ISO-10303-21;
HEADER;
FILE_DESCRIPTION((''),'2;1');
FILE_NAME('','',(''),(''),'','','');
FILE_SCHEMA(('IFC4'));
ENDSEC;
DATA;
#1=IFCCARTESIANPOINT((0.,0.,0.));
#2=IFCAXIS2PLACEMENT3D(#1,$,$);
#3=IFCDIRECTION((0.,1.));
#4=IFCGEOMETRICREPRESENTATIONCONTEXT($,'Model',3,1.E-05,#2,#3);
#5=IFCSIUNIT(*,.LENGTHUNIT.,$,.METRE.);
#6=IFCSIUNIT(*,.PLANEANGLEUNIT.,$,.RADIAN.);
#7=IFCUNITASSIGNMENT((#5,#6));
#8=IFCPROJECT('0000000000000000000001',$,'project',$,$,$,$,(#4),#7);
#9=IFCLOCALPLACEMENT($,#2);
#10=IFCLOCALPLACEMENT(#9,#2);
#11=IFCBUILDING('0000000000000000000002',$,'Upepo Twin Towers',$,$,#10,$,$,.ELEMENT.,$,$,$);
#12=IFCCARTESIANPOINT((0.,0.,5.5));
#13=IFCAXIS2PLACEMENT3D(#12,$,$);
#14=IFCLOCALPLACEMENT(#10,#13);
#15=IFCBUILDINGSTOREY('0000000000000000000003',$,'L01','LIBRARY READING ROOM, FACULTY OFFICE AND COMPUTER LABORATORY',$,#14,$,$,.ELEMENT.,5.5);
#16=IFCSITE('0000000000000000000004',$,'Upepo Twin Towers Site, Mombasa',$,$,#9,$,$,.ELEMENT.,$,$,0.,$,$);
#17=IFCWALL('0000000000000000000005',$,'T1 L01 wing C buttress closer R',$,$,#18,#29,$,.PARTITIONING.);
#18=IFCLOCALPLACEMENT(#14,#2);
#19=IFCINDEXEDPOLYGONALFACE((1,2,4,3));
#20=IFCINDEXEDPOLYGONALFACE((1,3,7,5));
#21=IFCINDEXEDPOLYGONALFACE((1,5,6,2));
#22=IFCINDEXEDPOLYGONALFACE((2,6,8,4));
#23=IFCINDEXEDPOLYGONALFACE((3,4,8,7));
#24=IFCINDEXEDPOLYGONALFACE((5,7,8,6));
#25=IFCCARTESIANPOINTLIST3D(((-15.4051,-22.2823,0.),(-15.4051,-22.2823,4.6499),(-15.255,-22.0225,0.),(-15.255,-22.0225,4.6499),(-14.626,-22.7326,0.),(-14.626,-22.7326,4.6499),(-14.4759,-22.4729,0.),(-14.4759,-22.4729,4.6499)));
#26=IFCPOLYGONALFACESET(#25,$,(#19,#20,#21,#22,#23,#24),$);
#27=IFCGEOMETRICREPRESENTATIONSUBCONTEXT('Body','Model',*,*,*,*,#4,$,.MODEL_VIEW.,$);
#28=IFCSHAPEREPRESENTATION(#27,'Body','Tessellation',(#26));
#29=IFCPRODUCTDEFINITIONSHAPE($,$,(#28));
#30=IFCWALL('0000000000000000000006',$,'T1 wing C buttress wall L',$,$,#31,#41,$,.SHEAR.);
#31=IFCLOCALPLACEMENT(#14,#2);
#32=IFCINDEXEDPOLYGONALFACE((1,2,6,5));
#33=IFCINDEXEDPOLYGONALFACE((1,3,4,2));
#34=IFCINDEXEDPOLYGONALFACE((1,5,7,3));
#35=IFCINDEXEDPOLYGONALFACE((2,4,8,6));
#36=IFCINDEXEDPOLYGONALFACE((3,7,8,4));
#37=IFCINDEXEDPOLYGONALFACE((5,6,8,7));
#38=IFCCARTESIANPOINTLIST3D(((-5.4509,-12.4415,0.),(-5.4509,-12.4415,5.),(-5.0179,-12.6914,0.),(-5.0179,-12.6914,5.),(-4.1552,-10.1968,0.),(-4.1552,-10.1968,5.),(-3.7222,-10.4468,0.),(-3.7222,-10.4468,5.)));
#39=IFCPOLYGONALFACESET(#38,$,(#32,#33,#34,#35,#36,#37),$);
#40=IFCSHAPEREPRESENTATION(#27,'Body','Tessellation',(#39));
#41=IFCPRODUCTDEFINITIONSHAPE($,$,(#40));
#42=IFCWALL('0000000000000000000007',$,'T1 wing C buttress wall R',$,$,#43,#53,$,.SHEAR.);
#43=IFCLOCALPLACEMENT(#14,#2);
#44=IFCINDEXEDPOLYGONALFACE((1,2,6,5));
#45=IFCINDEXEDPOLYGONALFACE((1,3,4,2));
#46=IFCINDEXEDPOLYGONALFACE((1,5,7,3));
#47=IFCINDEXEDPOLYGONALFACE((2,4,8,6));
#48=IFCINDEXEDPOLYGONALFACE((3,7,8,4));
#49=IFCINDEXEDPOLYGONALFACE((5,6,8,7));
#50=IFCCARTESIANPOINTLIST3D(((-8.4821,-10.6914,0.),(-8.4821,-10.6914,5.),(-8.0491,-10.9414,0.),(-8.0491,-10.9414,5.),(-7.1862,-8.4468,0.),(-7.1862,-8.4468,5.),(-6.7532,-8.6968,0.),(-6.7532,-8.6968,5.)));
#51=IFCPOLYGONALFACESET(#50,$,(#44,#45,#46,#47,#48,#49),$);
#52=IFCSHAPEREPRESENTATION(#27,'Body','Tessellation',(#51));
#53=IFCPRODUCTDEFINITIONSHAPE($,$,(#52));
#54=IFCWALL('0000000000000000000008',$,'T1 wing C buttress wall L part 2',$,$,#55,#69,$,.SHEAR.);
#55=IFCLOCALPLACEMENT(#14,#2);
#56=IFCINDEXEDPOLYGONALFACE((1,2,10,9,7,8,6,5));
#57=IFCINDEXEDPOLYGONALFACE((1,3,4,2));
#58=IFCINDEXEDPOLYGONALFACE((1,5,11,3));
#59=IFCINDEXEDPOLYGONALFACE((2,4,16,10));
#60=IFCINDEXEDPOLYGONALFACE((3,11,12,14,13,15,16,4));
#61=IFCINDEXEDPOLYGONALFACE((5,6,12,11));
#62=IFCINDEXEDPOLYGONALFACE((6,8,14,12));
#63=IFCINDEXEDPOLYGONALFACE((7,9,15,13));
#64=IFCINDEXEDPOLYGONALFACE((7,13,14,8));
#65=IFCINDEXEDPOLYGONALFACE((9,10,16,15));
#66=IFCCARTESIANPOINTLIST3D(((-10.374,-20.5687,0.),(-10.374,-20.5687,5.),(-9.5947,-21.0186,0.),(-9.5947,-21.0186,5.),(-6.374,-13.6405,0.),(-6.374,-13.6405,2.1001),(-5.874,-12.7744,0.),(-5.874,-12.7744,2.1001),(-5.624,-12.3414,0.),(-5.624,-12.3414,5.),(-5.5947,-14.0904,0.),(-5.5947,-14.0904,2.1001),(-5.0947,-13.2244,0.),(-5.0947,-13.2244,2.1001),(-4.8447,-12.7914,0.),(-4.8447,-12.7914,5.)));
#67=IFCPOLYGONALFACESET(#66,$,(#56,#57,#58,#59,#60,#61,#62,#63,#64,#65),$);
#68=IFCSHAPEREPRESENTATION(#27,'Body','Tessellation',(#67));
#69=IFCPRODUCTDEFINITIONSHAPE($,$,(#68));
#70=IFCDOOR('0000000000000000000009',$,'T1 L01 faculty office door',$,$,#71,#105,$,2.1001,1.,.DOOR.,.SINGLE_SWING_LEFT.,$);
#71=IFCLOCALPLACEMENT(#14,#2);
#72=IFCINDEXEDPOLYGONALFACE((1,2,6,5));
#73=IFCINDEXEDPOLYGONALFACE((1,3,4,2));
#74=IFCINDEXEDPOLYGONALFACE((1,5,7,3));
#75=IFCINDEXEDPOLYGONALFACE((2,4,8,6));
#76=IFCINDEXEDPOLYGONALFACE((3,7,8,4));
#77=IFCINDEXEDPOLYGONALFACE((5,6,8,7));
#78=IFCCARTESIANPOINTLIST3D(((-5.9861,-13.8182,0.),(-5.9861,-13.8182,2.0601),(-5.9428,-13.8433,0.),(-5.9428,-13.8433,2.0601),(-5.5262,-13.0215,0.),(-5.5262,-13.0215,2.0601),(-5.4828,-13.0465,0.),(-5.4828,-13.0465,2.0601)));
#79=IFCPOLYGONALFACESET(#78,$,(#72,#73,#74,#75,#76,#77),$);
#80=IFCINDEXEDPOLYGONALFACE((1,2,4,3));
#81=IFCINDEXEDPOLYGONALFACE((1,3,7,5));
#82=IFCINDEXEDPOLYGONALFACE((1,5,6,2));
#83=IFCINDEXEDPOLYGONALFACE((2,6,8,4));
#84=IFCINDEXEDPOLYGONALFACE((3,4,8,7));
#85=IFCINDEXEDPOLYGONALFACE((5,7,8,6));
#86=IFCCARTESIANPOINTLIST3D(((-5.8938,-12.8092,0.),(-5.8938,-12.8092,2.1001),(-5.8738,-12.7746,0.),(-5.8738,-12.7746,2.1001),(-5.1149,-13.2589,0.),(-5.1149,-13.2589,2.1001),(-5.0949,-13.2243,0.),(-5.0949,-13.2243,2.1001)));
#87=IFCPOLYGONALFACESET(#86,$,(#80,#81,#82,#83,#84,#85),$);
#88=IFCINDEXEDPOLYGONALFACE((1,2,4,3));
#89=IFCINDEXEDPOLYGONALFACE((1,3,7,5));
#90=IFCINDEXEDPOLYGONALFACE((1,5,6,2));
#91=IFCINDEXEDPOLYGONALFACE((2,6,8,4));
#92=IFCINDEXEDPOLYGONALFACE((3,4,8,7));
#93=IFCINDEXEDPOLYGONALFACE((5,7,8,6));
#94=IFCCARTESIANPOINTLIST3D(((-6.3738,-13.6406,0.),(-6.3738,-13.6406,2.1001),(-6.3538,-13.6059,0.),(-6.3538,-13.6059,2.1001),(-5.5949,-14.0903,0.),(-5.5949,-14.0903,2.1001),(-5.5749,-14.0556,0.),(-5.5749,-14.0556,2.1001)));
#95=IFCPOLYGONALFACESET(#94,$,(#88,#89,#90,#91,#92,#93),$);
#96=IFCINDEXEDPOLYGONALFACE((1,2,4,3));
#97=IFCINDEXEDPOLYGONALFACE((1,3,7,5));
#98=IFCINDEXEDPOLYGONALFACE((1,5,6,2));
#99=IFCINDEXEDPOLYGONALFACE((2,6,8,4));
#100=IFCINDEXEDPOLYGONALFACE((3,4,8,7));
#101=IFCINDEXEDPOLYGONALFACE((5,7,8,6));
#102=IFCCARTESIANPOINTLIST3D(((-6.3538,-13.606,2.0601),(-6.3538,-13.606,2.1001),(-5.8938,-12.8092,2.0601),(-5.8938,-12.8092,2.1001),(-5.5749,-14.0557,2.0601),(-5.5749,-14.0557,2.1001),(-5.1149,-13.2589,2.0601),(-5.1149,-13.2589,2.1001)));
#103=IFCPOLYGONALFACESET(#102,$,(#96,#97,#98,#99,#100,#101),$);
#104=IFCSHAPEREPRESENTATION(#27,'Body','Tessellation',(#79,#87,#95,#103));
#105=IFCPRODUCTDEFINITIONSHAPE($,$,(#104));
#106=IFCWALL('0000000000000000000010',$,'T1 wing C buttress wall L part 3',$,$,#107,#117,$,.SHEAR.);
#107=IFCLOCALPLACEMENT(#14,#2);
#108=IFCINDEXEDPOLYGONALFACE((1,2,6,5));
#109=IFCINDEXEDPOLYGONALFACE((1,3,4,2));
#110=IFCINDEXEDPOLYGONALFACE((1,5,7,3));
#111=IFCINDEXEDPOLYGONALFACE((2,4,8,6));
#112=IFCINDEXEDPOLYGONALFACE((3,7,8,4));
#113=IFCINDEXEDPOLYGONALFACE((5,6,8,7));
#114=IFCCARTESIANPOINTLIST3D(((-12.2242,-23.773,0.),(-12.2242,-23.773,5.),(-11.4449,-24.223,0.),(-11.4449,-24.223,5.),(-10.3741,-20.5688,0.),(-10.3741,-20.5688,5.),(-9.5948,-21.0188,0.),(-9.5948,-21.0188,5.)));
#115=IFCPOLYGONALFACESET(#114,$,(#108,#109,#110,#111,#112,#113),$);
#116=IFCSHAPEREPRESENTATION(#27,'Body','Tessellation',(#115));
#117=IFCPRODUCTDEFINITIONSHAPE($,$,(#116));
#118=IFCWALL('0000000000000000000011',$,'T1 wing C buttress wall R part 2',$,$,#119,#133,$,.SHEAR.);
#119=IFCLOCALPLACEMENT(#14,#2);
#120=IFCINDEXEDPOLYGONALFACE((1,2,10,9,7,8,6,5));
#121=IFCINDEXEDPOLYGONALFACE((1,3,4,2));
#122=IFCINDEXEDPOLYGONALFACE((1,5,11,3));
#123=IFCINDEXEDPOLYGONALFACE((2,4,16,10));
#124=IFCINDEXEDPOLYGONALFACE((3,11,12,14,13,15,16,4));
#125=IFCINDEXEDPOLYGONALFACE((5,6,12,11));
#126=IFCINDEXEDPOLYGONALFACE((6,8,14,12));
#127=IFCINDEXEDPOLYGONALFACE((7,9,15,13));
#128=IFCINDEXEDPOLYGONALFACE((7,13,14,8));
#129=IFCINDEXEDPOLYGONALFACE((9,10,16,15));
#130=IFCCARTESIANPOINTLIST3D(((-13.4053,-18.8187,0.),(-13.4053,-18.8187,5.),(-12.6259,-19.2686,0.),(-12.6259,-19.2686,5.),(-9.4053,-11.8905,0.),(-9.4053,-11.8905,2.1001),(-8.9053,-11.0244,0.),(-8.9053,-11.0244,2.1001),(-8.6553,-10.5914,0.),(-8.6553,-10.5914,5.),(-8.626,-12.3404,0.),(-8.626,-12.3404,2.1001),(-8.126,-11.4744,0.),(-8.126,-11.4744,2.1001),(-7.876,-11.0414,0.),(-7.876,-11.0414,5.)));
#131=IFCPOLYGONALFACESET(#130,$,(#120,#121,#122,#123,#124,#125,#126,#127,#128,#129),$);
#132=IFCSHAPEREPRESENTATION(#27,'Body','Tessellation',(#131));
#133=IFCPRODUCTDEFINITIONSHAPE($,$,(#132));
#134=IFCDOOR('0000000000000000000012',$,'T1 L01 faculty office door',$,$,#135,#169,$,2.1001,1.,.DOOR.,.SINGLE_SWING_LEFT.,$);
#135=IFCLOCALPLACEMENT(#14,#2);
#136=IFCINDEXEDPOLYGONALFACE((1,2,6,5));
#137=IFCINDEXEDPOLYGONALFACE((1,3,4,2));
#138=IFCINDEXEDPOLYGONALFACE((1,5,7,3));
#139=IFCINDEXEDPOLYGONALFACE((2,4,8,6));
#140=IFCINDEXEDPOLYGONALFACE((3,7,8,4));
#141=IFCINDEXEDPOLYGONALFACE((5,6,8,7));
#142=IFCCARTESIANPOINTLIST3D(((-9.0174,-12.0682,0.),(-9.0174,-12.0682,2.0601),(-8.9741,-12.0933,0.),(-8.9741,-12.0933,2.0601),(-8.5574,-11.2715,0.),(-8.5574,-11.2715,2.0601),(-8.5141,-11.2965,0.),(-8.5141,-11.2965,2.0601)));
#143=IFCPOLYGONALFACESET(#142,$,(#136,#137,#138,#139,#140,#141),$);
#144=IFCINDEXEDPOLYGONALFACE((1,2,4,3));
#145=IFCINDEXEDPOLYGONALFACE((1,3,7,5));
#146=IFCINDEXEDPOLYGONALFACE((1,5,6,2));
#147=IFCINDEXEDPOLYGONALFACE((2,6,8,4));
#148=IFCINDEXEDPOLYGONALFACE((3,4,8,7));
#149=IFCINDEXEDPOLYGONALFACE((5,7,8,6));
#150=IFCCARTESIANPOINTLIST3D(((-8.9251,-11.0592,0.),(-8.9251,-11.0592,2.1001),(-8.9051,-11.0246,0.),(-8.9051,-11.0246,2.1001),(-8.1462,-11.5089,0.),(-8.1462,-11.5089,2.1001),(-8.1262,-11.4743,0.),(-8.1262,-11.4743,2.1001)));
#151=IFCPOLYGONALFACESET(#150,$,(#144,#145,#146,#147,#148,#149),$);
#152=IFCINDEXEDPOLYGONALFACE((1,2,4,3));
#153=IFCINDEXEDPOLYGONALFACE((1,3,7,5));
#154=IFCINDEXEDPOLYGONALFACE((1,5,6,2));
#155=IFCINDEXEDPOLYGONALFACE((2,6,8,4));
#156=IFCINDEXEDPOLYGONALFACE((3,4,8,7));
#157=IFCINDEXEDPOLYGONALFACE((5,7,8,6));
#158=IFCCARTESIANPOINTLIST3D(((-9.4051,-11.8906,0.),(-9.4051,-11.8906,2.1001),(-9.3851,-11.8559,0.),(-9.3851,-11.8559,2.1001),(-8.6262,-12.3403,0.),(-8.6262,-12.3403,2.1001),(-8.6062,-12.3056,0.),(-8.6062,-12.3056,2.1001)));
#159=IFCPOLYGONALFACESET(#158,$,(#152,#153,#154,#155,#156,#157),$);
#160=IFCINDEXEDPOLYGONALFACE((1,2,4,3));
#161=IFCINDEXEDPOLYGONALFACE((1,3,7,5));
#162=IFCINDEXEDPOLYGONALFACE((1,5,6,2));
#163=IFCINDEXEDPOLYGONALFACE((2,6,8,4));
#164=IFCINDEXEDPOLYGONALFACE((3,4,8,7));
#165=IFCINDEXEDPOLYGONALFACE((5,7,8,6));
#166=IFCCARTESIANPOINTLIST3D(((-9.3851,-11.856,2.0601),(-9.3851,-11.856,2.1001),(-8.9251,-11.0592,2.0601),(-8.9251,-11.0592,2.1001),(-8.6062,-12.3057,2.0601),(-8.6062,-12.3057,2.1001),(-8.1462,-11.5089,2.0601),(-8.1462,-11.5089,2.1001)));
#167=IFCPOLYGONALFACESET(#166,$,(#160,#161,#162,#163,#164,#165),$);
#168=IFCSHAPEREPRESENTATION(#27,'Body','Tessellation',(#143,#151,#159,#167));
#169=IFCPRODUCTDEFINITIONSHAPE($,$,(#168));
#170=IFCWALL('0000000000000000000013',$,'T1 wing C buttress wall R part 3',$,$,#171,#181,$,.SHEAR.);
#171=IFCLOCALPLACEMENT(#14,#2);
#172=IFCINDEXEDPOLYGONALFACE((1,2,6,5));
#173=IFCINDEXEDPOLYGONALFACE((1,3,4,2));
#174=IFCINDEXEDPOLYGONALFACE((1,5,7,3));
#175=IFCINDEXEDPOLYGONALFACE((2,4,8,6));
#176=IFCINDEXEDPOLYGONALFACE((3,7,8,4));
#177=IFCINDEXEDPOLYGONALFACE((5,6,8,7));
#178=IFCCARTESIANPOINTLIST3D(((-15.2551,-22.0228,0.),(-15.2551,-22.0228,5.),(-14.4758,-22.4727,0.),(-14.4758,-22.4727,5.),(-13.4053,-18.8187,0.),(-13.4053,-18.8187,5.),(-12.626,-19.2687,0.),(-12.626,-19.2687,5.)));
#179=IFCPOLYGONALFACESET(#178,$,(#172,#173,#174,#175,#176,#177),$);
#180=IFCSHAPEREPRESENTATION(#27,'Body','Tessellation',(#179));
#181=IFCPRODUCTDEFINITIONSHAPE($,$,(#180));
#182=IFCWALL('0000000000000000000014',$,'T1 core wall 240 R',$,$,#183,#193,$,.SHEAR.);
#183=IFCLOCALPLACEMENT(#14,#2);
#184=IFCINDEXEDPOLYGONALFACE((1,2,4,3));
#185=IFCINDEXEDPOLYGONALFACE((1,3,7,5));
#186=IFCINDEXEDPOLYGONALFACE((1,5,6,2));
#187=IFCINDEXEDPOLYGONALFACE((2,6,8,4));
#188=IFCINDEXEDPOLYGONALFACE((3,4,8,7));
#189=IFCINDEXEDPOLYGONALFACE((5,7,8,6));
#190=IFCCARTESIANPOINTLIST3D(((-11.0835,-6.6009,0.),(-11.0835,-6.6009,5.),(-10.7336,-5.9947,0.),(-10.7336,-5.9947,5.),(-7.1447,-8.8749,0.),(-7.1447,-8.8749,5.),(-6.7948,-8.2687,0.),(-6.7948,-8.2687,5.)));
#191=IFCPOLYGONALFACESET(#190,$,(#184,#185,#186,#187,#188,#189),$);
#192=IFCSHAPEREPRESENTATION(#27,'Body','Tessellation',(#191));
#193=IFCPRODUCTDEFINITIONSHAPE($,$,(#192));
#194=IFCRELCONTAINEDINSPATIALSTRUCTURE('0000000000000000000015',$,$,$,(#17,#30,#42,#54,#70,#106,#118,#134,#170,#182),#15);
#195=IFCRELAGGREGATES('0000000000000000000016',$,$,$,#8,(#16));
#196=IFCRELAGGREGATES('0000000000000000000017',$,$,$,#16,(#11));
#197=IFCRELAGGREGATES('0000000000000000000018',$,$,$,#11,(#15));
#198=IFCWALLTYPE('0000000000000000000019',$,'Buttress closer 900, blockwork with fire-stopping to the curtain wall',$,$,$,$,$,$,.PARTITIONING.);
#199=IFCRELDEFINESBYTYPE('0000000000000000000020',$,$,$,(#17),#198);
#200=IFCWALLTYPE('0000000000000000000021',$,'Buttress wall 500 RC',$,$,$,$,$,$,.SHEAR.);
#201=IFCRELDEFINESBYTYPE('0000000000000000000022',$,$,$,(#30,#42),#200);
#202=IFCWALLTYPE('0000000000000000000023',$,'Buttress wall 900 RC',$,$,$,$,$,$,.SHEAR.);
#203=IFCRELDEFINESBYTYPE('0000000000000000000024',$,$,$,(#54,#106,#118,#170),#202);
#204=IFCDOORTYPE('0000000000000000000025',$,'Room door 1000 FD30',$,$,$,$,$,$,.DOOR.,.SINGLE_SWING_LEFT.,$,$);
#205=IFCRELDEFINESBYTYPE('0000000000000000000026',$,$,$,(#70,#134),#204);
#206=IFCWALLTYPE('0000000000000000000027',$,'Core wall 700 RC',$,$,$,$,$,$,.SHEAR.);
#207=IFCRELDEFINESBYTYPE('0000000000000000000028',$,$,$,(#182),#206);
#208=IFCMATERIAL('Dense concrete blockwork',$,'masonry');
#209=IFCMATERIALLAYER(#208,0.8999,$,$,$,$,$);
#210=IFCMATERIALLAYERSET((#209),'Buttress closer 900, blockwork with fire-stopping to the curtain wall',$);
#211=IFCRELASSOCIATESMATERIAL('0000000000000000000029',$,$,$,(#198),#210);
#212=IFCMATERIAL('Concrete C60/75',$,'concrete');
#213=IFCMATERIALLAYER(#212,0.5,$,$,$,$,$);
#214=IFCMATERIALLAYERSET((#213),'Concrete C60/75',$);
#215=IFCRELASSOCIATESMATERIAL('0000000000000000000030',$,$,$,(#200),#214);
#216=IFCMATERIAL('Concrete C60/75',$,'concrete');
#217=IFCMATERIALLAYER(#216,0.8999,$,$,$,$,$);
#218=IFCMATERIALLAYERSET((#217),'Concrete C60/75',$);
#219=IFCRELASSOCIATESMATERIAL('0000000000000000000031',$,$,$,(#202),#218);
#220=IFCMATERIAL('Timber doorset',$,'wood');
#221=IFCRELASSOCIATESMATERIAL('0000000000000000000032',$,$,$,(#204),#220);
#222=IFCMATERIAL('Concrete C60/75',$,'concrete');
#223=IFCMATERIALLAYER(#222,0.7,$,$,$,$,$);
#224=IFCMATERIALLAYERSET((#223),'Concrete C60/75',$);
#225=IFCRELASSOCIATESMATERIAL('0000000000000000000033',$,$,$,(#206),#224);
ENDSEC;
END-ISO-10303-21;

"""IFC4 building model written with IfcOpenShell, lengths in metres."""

from ifc_helpers import new_model, si_unit, direction, frame, frame_2d, origin, place, context, subcontext, project, spatial, rectangle, extrude, material, layer, layer_set, type_object, element, fill, save


model = new_model("IFC4")

# Units and contexts
model_context = context("Model", 3, precision=1e-05, world=origin(), true_north=direction((0.0, 1.0)))
body_context = subcontext(model_context, "Body", "Model", "MODEL_VIEW")
ifc_project = project(units=[si_unit("LENGTHUNIT", "METRE"), si_unit("PLANEANGLEUNIT", "RADIAN")], contexts=[model_context])

# Site, building, storey
site_placement = place(None, origin())
site = spatial("IfcSite", under=ifc_project, at=site_placement, Name="Upepo Twin Towers Site, Mombasa", CompositionType="ELEMENT", RefElevation=0.0)
building_placement = place(site_placement, origin())
building = spatial("IfcBuilding", under=site, at=building_placement, Name="Upepo Twin Towers", CompositionType="ELEMENT")
storey_placement = place(building_placement, frame((0.0, 0.0, 5.5)))
storey = spatial("IfcBuildingStorey", under=building, at=storey_placement, Name="L01", Description="LIBRARY READING ROOM, FACULTY OFFICE AND COMPUTER LABORATORY", CompositionType="ELEMENT", Elevation=5.5)

# Walls
ifc_material_1 = material(Name="Dense concrete blockwork", Category="masonry")
ifc_layer_1 = layer(ifc_material_1, 0.8999)
ifc_layer_set_1 = layer_set([ifc_layer_1], Name="Buttress closer 900, blockwork with fire-stopping to the curtain wall")
wall_type_1 = type_object("IfcWallType", Name="Buttress closer 900, blockwork with fire-stopping to the curtain wall", PredefinedType="PARTITIONING", material=ifc_layer_set_1)
wall_1_placement = place(storey_placement, frame((-14.8655, -22.2478, 0.0), z_axis=(0.0, 0.0, 1.0), x_axis=(-0.500427, -0.865779, 0.0)))
element("IfcWall", 1, at=wall_1_placement, inside=storey, type_object=wall_type_1, Name="T1 L01 wing C buttress closer R", PredefinedType="PARTITIONING", context=body_context, shape_type="SweptSolid", body=[
    extrude(rectangle(XDim=0.3, YDim=0.8999, at=frame_2d((0.1499, 0.0))), origin(), (0.0, 0.0, 1.0), 4.6499),
])
ifc_material_2 = material(Name="Concrete C60/75", Category="concrete")
ifc_layer_2 = layer(ifc_material_2, 0.5)
ifc_layer_set_2 = layer_set([ifc_layer_2], Name="Concrete C60/75")
wall_type_2 = type_object("IfcWallType", Name="Buttress wall 500 RC", PredefinedType="SHEAR", material=ifc_layer_set_2)
for number, where, z_axis, x_axis, name in (
    (2, (-3.9387, -10.3218, 0.0), (0.0, 0.0, 1.0), (-0.499918, -0.866073, 0.0), "T1 wing C buttress wall L"),
    (3, (-6.9697, -8.5718, 0.0), (0.0, 0.0, 1.0), (-0.499989, -0.866032, 0.0), "T1 wing C buttress wall R"),
):
    element("IfcWall", number, at=place(storey_placement, frame(where, z_axis=z_axis, x_axis=x_axis)), inside=storey, type_object=wall_type_2, Name=name, PredefinedType="SHEAR", context=body_context, shape_type="SweptSolid", body=[
        extrude(rectangle(XDim=2.5918, YDim=0.5, at=frame_2d((1.2959, 0.0))), origin(), (0.0, 0.0, 1.0), 5.0),
    ])

# Wall, opening, door
ifc_material_3 = material(Name="Concrete C60/75", Category="concrete")
ifc_layer_3 = layer(ifc_material_3, 0.8999)
ifc_layer_set_3 = layer_set([ifc_layer_3], Name="Concrete C60/75")
wall_type_3 = type_object("IfcWallType", Name="Buttress wall 900 RC", PredefinedType="SHEAR", material=ifc_layer_set_3)
wall_2_placement = place(storey_placement, frame((-5.2344, -12.5664, 0.0), z_axis=(0.0, 0.0, 1.0), x_axis=(-0.499998, -0.866027, 0.0)))
wall_2 = element("IfcWall", 4, at=wall_2_placement, inside=storey, type_object=wall_type_3, Name="T1 wing C buttress wall L part 2", PredefinedType="SHEAR", context=body_context, shape_type="SweptSolid", body=[
    extrude(rectangle(XDim=9.5, YDim=0.8999, at=frame_2d((4.75, 0.0))), origin(), (0.0, 0.0, 1.0), 5.0),
])
opening_1_placement = place(wall_2_placement, frame((0.5, 0.0, 0.0)))
opening_1 = element("IfcOpeningElement", 5, at=opening_1_placement, cuts=wall_2, PredefinedType="OPENING", context=body_context, shape_type="SweptSolid", body=[
    extrude(rectangle(XDim=1.0, YDim=2.1001, at=frame_2d((0.5, 1.05))), frame((0.0, 0.46, 0.0), z_axis=(0.0, -1.0, 0.0), x_axis=(1.0, 0.0, 0.0)), (0.0, 0.0, 1.0), 0.9199),
])
ifc_material_4 = material(Name="Timber doorset", Category="wood")
door_type_1 = type_object("IfcDoorType", Name="Room door 1000 FD30", OperationType="SINGLE_SWING_LEFT", PredefinedType="DOOR", material=ifc_material_4)
door_1_placement = place(opening_1_placement, origin())
door_1 = element("IfcDoor", 6, at=door_1_placement, inside=storey, type_object=door_type_1, Name="T1 L01 faculty office door", OperationType="SINGLE_SWING_LEFT", OverallHeight=2.1001, OverallWidth=1.0, PredefinedType="DOOR", context=body_context, shape_type="SweptSolid", body=[
    extrude(rectangle(XDim=0.92, YDim=2.0601, at=frame_2d((0.5, 1.03))), frame((0.0, 0.0249, 0.0), z_axis=(0.0, -1.0, 0.0), x_axis=(1.0, 0.0, 0.0)), (0.0, 0.0, 1.0), 0.05),
    extrude(rectangle(XDim=0.04, YDim=2.1001, at=frame_2d((0.02, 1.05))), frame((0.0, 0.4497, 0.0), z_axis=(0.0, -1.0, 0.0), x_axis=(1.0, 0.0, 0.0)), (0.0, 0.0, 1.0), 0.8994),
    extrude(rectangle(XDim=0.04, YDim=2.1001, at=frame_2d((0.98, 1.05))), frame((0.0, 0.4497, 0.0), z_axis=(0.0, -1.0, 0.0), x_axis=(1.0, 0.0, 0.0)), (0.0, 0.0, 1.0), 0.8994),
    extrude(rectangle(XDim=0.92, YDim=0.04, at=frame_2d((0.5, 2.0801))), frame((0.0, 0.4497, 0.0), z_axis=(0.0, -1.0, 0.0), x_axis=(1.0, 0.0, 0.0)), (0.0, 0.0, 1.0), 0.8994),
])
fill(opening_1, door_1)

# Wall
wall_3_placement = place(storey_placement, frame((-9.9844, -20.7937, 0.0), z_axis=(0.0, 0.0, 1.0), x_axis=(-0.500042, -0.866001, 0.0)))
element("IfcWall", 7, at=wall_3_placement, inside=storey, type_object=wall_type_3, Name="T1 wing C buttress wall L part 3", PredefinedType="SHEAR", context=body_context, shape_type="SweptSolid", body=[
    extrude(rectangle(XDim=3.7, YDim=0.8999, at=frame_2d((1.8501, 0.0))), origin(), (0.0, 0.0, 1.0), 5.0),
])

# Wall, opening, door
wall_4_placement = place(storey_placement, frame((-8.2656, -10.8164, 0.0), z_axis=(0.0, 0.0, 1.0), x_axis=(-0.499998, -0.866027, 0.0)))
wall_4 = element("IfcWall", 8, at=wall_4_placement, inside=storey, type_object=wall_type_3, Name="T1 wing C buttress wall R part 2", PredefinedType="SHEAR", context=body_context, shape_type="SweptSolid", body=[
    extrude(rectangle(XDim=9.5, YDim=0.8999, at=frame_2d((4.75, 0.0))), origin(), (0.0, 0.0, 1.0), 5.0),
])
opening_2_placement = place(wall_4_placement, frame((0.5, 0.0, 0.0)))
opening_2 = element("IfcOpeningElement", 9, at=opening_2_placement, cuts=wall_4, PredefinedType="OPENING", context=body_context, shape_type="SweptSolid", body=[
    extrude(rectangle(XDim=1.0, YDim=2.1001, at=frame_2d((0.5, 1.05))), frame((0.0, 0.46, 0.0), z_axis=(0.0, -1.0, 0.0), x_axis=(1.0, 0.0, 0.0)), (0.0, 0.0, 1.0), 0.9199),
])
door_2_placement = place(opening_2_placement, origin())
door_2 = element("IfcDoor", 10, at=door_2_placement, inside=storey, type_object=door_type_1, Name="T1 L01 faculty office door", OperationType="SINGLE_SWING_LEFT", OverallHeight=2.1001, OverallWidth=1.0, PredefinedType="DOOR", context=body_context, shape_type="SweptSolid", body=[
    extrude(rectangle(XDim=0.92, YDim=2.0601, at=frame_2d((0.5, 1.03))), frame((0.0, 0.0249, 0.0), z_axis=(0.0, -1.0, 0.0), x_axis=(1.0, 0.0, 0.0)), (0.0, 0.0, 1.0), 0.05),
    extrude(rectangle(XDim=0.04, YDim=2.1001, at=frame_2d((0.02, 1.05))), frame((0.0, 0.4497, 0.0), z_axis=(0.0, -1.0, 0.0), x_axis=(1.0, 0.0, 0.0)), (0.0, 0.0, 1.0), 0.8994),
    extrude(rectangle(XDim=0.04, YDim=2.1001, at=frame_2d((0.98, 1.05))), frame((0.0, 0.4497, 0.0), z_axis=(0.0, -1.0, 0.0), x_axis=(1.0, 0.0, 0.0)), (0.0, 0.0, 1.0), 0.8994),
    extrude(rectangle(XDim=0.92, YDim=0.04, at=frame_2d((0.5, 2.0801))), frame((0.0, 0.4497, 0.0), z_axis=(0.0, -1.0, 0.0), x_axis=(1.0, 0.0, 0.0)), (0.0, 0.0, 1.0), 0.8994),
])
fill(opening_2, door_2)

# Walls
wall_5_placement = place(storey_placement, frame((-13.0156, -19.0437, 0.0), z_axis=(0.0, 0.0, 1.0), x_axis=(-0.499993, -0.86603, 0.0)))
element("IfcWall", 11, at=wall_5_placement, inside=storey, type_object=wall_type_3, Name="T1 wing C buttress wall R part 3", PredefinedType="SHEAR", context=body_context, shape_type="SweptSolid", body=[
    extrude(rectangle(XDim=3.6997, YDim=0.8999, at=frame_2d((1.8499, 0.0))), origin(), (0.0, 0.0, 1.0), 5.0),
])
ifc_material_5 = material(Name="Concrete C60/75", Category="concrete")
ifc_layer_4 = layer(ifc_material_5, 0.7)
ifc_layer_set_4 = layer_set([ifc_layer_4], Name="Concrete C60/75")
wall_type_4 = type_object("IfcWallType", Name="Core wall 700 RC", PredefinedType="SHEAR", material=ifc_layer_set_4)
wall_6_placement = place(storey_placement, frame((-10.9084, -6.2979, 0.0), z_axis=(0.0, 0.0, 1.0), x_axis=(0.866035, -0.499984, 0.0)))
element("IfcWall", 12, at=wall_6_placement, inside=storey, type_object=wall_type_4, Name="T1 core wall 240 R", PredefinedType="SHEAR", context=body_context, shape_type="SweptSolid", body=[
    extrude(rectangle(XDim=4.5481, YDim=0.7, at=frame_2d((2.2739, 0.0))), origin(), (0.0, 0.0, 1.0), 5.0),
])

save(model, "model.ifc")
